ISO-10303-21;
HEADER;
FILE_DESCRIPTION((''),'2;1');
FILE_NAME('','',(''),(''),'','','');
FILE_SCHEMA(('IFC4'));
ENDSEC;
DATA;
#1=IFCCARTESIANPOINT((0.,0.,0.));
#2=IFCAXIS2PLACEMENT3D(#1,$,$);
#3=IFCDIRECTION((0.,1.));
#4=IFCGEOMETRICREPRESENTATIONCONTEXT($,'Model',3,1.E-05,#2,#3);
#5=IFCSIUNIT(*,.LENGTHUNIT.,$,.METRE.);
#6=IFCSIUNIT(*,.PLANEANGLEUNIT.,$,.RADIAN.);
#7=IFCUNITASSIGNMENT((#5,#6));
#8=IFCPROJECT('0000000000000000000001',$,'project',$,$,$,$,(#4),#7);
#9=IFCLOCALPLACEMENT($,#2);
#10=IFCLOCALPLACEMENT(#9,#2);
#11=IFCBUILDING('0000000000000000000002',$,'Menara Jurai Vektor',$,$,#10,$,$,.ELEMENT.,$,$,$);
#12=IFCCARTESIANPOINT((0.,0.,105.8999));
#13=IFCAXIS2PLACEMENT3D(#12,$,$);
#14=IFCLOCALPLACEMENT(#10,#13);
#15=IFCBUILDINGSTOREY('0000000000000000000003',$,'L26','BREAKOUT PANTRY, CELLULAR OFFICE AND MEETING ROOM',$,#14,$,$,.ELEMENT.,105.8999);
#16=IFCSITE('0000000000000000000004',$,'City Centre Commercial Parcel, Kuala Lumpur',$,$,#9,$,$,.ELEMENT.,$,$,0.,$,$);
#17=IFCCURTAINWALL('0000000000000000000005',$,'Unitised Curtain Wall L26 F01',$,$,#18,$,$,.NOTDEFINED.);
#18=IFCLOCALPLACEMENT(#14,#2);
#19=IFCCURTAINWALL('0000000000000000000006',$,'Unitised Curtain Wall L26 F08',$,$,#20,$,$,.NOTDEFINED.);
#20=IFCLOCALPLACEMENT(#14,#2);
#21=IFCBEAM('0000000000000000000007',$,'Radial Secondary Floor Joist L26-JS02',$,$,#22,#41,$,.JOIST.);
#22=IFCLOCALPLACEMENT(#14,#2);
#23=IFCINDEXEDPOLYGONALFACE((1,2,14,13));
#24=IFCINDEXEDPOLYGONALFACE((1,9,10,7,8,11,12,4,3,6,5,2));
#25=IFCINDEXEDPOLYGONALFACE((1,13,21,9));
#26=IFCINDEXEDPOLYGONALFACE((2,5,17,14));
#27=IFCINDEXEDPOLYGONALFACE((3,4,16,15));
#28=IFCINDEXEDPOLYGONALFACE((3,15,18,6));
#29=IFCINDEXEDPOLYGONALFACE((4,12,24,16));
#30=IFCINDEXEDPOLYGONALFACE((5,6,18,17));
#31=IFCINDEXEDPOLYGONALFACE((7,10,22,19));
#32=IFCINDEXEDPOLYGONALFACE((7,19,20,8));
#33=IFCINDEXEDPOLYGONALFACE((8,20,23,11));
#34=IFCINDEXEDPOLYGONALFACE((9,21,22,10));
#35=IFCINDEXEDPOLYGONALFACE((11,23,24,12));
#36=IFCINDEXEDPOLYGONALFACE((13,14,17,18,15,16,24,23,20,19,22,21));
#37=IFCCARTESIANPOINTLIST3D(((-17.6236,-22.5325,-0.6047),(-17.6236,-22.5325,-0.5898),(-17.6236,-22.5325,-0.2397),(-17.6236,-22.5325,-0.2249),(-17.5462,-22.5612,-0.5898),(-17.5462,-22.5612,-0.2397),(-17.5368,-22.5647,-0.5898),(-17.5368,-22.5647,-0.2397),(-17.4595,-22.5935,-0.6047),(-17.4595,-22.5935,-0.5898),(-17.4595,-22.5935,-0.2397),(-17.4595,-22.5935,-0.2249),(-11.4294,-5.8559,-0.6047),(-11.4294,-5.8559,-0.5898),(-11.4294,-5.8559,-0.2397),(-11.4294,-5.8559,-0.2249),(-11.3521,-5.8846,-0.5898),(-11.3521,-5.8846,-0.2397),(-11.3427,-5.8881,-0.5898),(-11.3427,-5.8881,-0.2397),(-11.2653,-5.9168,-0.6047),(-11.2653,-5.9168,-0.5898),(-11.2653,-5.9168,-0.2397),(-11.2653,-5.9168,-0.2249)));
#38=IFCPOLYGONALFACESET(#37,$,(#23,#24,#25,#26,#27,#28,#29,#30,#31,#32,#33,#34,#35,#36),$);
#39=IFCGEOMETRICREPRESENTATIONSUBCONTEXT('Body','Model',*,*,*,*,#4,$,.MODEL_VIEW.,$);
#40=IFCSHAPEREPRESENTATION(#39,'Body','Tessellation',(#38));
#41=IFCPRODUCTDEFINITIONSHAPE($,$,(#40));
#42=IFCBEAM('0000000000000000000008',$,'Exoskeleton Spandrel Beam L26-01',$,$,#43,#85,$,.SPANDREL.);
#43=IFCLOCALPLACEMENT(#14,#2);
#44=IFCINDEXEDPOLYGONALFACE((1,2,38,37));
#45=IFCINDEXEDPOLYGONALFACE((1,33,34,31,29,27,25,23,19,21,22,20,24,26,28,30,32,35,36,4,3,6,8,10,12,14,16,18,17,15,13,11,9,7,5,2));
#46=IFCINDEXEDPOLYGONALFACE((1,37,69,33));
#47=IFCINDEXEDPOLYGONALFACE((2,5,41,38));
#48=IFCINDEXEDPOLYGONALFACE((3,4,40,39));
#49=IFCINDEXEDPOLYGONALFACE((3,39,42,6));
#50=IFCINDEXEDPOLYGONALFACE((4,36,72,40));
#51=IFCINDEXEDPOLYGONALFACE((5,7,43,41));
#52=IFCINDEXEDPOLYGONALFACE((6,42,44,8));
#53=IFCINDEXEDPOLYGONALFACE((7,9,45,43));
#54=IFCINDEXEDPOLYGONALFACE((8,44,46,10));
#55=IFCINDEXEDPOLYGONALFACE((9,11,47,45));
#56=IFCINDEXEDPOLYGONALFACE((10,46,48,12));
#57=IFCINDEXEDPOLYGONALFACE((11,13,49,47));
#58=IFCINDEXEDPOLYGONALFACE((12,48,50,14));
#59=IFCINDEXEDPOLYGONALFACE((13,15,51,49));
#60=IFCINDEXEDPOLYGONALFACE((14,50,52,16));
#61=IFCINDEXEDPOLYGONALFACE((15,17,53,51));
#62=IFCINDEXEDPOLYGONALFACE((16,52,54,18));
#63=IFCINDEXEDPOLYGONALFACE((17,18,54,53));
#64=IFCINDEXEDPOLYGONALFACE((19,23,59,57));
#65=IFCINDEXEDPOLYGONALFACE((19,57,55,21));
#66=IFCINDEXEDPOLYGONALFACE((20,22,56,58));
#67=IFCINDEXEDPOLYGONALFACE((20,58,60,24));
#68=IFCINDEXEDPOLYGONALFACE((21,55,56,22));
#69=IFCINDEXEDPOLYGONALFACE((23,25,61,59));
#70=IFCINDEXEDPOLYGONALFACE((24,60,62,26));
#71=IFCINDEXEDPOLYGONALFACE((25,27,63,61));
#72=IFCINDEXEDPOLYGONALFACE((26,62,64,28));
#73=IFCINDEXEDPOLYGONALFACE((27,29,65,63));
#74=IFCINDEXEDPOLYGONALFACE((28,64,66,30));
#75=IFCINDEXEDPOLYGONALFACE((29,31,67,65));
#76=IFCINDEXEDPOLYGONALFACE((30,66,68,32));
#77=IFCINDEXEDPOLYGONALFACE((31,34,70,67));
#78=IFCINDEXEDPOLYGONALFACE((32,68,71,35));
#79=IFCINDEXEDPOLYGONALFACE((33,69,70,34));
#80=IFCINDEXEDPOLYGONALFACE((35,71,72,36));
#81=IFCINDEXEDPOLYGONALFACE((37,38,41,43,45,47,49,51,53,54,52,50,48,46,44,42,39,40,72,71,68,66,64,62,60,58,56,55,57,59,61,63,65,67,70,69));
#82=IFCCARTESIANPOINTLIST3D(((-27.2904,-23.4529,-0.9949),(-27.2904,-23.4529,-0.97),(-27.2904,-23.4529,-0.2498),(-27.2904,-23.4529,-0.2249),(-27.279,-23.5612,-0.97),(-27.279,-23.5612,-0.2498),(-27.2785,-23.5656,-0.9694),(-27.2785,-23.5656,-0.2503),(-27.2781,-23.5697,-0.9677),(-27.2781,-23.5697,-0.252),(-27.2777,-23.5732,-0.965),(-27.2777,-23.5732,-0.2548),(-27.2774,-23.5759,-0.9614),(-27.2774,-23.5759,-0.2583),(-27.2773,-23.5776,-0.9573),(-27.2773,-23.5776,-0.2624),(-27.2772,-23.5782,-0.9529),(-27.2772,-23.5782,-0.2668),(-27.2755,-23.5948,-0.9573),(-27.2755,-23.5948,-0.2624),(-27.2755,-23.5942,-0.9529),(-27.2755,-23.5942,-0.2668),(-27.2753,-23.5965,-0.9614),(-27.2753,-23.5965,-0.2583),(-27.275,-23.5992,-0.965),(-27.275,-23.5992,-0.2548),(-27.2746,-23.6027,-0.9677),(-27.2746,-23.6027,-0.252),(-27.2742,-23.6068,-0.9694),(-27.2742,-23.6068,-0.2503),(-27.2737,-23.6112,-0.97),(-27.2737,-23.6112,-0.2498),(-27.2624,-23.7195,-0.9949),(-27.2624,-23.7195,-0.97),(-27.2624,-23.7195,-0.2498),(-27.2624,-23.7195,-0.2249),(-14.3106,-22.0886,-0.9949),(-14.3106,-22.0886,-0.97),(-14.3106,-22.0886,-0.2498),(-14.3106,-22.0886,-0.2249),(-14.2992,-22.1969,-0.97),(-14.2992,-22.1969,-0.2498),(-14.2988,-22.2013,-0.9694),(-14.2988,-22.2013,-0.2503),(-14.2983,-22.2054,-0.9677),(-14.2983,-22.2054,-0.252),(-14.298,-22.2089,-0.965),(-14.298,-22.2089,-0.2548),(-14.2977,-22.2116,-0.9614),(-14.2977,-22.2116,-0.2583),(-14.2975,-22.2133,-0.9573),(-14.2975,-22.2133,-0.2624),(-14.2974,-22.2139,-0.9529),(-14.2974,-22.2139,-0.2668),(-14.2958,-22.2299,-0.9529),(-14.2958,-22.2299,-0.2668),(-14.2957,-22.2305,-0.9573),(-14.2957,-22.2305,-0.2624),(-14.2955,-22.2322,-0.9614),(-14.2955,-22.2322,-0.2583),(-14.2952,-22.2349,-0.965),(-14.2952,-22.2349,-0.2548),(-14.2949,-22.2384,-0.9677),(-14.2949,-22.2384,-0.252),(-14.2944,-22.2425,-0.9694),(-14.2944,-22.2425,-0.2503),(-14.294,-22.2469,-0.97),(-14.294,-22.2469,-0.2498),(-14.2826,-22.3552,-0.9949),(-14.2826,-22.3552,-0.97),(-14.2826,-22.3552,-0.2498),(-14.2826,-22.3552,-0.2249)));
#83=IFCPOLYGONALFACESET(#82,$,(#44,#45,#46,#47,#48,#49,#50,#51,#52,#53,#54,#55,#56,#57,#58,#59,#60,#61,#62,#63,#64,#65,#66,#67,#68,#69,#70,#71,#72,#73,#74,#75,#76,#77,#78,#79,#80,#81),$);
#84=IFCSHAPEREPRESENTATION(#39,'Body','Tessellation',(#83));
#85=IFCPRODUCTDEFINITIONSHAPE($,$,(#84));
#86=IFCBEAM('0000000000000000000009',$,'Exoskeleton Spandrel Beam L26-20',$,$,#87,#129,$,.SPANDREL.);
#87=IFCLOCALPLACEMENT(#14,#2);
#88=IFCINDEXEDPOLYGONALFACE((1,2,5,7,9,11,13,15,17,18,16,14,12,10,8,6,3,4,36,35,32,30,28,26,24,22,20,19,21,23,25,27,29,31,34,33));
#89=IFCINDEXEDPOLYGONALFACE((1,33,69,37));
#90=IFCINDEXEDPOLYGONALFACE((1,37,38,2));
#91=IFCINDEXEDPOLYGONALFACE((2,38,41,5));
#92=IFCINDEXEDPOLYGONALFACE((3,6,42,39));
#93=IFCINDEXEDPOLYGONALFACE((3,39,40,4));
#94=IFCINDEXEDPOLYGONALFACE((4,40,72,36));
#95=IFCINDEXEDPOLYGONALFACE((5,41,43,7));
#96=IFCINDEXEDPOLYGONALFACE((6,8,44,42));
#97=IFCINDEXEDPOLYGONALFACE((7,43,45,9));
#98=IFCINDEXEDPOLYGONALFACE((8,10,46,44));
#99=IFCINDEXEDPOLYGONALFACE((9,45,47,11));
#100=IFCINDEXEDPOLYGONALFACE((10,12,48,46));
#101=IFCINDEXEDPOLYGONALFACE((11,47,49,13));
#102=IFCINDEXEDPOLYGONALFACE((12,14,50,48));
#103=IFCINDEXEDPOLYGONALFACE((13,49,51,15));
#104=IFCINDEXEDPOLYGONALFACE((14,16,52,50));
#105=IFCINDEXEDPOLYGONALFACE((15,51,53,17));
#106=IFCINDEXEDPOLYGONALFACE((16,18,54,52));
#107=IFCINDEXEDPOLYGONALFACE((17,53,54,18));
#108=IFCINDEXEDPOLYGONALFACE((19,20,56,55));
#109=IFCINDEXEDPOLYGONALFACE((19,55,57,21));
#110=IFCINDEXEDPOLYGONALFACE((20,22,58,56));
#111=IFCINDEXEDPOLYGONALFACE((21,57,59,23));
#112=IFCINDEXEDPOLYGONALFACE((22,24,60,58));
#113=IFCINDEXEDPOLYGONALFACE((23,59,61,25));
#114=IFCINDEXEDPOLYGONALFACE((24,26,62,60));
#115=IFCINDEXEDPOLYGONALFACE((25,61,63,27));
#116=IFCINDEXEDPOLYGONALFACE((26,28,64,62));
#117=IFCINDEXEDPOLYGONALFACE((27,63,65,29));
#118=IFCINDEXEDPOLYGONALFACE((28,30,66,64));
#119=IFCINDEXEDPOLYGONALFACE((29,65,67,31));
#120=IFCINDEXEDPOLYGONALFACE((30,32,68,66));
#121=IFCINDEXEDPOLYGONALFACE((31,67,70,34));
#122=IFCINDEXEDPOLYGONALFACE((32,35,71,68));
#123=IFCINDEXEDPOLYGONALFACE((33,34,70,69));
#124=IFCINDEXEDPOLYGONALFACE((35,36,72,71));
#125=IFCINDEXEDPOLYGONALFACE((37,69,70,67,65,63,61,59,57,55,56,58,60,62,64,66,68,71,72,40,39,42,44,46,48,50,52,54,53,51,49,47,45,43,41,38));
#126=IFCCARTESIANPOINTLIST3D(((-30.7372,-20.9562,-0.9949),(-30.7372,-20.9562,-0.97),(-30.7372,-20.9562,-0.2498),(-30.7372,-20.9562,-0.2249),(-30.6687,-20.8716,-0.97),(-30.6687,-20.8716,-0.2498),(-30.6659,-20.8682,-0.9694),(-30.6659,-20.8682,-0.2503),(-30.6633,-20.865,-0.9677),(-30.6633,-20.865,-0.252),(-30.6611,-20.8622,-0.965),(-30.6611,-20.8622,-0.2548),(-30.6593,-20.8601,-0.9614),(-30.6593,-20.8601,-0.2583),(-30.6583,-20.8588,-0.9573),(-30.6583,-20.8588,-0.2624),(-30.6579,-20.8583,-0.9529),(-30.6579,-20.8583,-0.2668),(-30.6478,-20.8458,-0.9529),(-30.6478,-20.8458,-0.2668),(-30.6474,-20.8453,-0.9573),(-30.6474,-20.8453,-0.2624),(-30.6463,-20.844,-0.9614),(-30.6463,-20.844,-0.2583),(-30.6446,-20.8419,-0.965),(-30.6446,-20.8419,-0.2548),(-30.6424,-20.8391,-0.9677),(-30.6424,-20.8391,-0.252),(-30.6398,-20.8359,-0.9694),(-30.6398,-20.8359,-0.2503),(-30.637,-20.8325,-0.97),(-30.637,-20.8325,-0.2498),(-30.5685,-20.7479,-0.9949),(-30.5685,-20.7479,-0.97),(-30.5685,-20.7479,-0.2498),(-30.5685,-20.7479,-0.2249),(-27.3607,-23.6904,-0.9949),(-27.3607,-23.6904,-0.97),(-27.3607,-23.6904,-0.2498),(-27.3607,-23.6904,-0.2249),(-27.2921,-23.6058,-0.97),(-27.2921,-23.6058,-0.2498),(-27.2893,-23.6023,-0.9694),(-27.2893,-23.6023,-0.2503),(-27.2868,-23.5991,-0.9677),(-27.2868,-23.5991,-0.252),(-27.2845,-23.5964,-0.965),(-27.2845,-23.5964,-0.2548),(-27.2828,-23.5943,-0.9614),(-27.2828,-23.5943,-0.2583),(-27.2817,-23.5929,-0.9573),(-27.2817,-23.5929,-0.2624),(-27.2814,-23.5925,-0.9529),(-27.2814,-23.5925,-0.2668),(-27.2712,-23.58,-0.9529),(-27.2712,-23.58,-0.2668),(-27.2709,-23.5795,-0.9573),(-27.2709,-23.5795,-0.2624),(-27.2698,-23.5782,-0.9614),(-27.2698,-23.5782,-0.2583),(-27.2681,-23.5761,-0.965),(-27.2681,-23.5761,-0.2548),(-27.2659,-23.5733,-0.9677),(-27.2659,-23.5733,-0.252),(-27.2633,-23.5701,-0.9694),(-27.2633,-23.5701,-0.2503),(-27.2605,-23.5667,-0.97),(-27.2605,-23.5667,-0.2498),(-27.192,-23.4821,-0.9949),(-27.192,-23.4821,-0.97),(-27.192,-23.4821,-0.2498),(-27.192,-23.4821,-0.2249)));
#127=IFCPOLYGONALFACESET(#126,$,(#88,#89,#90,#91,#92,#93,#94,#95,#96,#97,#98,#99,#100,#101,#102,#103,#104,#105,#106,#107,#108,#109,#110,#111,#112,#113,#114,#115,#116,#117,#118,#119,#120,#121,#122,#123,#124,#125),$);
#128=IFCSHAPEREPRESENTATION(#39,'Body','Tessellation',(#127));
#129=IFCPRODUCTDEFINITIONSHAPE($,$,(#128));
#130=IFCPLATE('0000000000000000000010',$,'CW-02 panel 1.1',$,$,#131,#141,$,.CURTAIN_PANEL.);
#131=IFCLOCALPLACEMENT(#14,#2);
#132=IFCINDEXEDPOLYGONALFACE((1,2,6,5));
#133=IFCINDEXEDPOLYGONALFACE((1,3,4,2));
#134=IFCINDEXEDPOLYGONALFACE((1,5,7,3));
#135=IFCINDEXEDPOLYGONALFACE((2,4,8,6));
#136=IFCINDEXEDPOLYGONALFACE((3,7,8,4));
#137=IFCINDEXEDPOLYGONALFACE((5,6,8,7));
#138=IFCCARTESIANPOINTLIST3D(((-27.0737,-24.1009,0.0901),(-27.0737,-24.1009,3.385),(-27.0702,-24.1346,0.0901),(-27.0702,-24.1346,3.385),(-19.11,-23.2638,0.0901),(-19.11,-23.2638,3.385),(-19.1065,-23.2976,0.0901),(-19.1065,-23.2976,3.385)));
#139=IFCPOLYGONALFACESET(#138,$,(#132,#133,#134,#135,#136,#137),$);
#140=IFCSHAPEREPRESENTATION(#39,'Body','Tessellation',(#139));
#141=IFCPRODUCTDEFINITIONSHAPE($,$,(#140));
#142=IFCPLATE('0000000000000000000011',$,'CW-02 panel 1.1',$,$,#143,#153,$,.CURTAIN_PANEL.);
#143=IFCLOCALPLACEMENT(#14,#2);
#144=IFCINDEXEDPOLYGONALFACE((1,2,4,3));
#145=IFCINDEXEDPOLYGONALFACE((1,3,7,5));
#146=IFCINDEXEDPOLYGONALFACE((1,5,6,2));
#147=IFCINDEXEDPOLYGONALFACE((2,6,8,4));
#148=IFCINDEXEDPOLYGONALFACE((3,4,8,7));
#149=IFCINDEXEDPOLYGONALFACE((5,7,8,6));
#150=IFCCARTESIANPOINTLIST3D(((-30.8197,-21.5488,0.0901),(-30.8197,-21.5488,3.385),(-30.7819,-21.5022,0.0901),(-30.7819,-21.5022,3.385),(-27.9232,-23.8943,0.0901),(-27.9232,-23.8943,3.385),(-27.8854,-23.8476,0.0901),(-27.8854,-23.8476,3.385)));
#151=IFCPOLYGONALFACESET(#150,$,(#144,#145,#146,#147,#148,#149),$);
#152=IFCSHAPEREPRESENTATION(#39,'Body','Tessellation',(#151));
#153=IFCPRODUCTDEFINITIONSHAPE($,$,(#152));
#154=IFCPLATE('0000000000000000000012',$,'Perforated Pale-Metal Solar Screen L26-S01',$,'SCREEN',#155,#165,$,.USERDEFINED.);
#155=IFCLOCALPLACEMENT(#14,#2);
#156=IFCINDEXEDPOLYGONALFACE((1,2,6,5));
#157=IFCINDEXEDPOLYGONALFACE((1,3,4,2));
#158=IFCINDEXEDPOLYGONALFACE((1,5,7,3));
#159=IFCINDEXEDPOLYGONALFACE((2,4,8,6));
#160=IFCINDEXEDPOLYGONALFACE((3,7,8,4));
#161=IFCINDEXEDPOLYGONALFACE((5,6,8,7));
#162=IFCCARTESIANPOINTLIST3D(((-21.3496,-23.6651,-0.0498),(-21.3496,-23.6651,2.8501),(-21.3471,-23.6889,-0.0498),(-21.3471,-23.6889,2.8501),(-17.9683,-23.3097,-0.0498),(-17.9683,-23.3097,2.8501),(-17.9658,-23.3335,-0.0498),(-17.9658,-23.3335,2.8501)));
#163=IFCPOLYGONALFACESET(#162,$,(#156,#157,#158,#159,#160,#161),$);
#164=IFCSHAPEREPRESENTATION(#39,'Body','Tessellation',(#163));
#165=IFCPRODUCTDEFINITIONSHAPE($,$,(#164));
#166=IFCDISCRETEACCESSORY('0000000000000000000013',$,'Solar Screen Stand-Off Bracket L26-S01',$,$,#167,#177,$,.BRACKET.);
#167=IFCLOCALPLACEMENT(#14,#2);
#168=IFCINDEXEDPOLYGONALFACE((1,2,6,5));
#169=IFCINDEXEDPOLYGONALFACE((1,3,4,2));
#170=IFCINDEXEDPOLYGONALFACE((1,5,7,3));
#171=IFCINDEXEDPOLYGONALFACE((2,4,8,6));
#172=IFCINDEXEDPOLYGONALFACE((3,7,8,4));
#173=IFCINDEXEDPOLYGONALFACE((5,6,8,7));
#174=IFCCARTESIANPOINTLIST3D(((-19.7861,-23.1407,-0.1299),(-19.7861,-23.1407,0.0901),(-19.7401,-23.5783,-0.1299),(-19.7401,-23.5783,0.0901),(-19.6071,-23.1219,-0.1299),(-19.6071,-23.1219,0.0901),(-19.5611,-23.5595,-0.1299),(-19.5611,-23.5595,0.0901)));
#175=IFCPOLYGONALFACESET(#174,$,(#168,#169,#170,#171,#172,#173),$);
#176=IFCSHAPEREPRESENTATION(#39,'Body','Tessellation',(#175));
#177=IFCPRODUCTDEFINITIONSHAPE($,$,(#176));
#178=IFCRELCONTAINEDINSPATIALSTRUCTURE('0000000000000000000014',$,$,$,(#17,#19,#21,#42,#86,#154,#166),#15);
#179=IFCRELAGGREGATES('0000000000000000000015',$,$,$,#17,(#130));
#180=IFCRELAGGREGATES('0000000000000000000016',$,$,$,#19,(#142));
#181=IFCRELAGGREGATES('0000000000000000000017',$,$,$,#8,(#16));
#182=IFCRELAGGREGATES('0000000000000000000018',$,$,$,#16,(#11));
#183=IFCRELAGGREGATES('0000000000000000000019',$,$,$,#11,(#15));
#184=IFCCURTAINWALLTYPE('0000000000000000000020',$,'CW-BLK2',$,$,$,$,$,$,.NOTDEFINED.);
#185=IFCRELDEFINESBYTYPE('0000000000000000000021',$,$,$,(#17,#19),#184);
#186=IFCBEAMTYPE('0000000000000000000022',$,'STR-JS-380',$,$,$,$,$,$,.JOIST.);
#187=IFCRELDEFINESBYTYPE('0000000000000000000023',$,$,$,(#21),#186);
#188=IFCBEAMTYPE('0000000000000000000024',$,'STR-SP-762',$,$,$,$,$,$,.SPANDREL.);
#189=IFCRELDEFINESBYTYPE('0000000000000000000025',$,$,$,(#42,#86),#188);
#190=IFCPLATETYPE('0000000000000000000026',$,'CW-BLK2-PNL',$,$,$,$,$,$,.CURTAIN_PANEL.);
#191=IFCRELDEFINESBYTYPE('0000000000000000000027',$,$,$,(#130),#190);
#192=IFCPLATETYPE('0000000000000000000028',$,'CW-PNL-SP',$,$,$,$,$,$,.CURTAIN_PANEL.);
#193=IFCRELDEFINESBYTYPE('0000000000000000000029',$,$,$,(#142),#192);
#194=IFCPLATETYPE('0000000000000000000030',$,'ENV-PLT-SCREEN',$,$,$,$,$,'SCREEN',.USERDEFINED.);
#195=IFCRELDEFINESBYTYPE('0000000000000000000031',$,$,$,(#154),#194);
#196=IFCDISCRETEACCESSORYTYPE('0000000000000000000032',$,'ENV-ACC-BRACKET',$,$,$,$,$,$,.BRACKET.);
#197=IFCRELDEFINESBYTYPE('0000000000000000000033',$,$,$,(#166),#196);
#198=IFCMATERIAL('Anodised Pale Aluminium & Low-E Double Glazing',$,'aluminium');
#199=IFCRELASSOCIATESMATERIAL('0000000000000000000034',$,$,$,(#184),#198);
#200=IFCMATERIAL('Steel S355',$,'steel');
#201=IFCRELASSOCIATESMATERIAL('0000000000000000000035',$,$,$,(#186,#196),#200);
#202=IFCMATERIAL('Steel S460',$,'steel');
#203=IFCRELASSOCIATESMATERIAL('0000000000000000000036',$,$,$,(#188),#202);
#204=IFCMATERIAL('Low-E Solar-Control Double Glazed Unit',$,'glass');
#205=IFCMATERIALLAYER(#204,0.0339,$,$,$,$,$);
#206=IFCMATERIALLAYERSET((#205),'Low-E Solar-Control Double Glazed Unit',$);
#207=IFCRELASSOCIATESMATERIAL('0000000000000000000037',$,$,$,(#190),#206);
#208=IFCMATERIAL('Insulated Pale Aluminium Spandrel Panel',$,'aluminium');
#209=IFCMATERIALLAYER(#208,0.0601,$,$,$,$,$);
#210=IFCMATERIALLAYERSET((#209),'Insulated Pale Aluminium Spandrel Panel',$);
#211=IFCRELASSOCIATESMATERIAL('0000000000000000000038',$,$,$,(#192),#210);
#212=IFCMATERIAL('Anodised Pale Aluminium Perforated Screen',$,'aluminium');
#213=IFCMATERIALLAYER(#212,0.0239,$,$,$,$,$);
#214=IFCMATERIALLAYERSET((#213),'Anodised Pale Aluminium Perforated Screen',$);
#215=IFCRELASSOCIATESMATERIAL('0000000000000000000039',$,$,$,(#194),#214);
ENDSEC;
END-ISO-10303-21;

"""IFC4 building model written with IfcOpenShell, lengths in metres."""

from ifc_helpers import new_model, si_unit, direction, frame, origin, origin_2d, place, context, subcontext, project, spatial, rectangle, i_section, extrude, material, layer, layer_set, material_profile, profile_set, type_object, element, aggregate, save


model = new_model("IFC4")

# Units and contexts
model_context = context("Model", 3, precision=1e-05, world=origin(), true_north=direction((0.0, 1.0)))
body_context = subcontext(model_context, "Body", "Model", "MODEL_VIEW")
ifc_project = project(units=[si_unit("LENGTHUNIT", "METRE"), si_unit("PLANEANGLEUNIT", "RADIAN")], contexts=[model_context])

# Site, building, storey
site_placement = place(None, origin())
site = spatial("IfcSite", under=ifc_project, at=site_placement, Name="City Centre Commercial Parcel, Kuala Lumpur", CompositionType="ELEMENT", RefElevation=0.0)
building_placement = place(site_placement, origin())
building = spatial("IfcBuilding", under=site, at=building_placement, Name="Menara Jurai Vektor", CompositionType="ELEMENT")
storey_placement = place(building_placement, frame((0.0, 0.0, 105.8999)))
storey = spatial("IfcBuildingStorey", under=building, at=storey_placement, Name="L26", Description="BREAKOUT PANTRY, CELLULAR OFFICE AND MEETING ROOM", CompositionType="ELEMENT", Elevation=105.8999)

# Shared definitions
ifc_material_1 = material(Name="Steel S460", Category="steel")

# Curtain wall
ifc_material_2 = material(Name="Anodised Pale Aluminium & Low-E Double Glazing", Category="aluminium")
curtain_wall_type = type_object("IfcCurtainWallType", Name="CW-BLK2", PredefinedType="NOTDEFINED", material=ifc_material_2)
curtain_wall_1_placement = place(storey_placement, origin())
curtain_wall_1 = element("IfcCurtainWall", 1, at=curtain_wall_1_placement, inside=storey, type_object=curtain_wall_type, Name="Unitised Curtain Wall L26 F01", PredefinedType="NOTDEFINED")

# Curtain wall
curtain_wall_2_placement = place(storey_placement, origin())
curtain_wall_2 = element("IfcCurtainWall", 2, at=curtain_wall_2_placement, inside=storey, type_object=curtain_wall_type, Name="Unitised Curtain Wall L26 F08", PredefinedType="NOTDEFINED")

# Shared definitions
ifc_material_3 = material(Name="Steel S355", Category="steel")

# Beams
ifc_material_profile_1 = material_profile(ifc_material_3, i_section(OverallWidth=0.175, OverallDepth=0.3799, WebThickness=0.01, FlangeThickness=0.0149, at=origin_2d()), Name="PG 380x175x58")
ifc_profile_set_1 = profile_set([ifc_material_profile_1], Name="Steel S355")
beam_type_1 = type_object("IfcBeamType", Name="STR-JS-380", PredefinedType="JOIST", material=ifc_profile_set_1)
beam_1_placement = place(storey_placement, frame((-17.5415, -22.563, -0.4148), z_axis=(0.348184, 0.937426, 0.0), x_axis=(-0.937426, 0.348184, 0.0)))
element("IfcBeam", 3, at=beam_1_placement, inside=storey, type_object=beam_type_1, Name="Radial Secondary Floor Joist L26-JS02", PredefinedType="JOIST", context=body_context, shape_type="SweptSolid", body=[
    extrude(i_section(OverallWidth=0.175, OverallDepth=0.3799, WebThickness=0.01, FlangeThickness=0.0149, at=origin_2d()), origin(), (0.0, 0.0, 1.0), 17.7898),
])
ifc_material_profile_2 = material_profile(ifc_material_1, i_section(OverallWidth=0.2681, OverallDepth=0.77, WebThickness=0.0161, FlangeThickness=0.0249, FilletRadius=0.0171, at=origin_2d()), Name="UKB 762x267x197")
ifc_profile_set_2 = profile_set([ifc_material_profile_2], Name="Steel S460")
beam_type_2 = type_object("IfcBeamType", Name="STR-SP-762", PredefinedType="SPANDREL", material=ifc_profile_set_2)
beam_2_placement = place(storey_placement, frame((-27.2764, -23.5862, -0.6099), z_axis=(0.994522, 0.104531, 0.0), x_axis=(-0.104531, 0.994522, 0.0)))
element("IfcBeam", 4, at=beam_2_placement, inside=storey, type_object=beam_type_2, Name="Exoskeleton Spandrel Beam L26-01", PredefinedType="SPANDREL", context=body_context, shape_type="SweptSolid", body=[
    extrude(i_section(OverallWidth=0.2681, OverallDepth=0.77, WebThickness=0.0161, FlangeThickness=0.0249, FilletRadius=0.0171, at=origin_2d()), origin(), (0.0, 0.0, 1.0), 13.0513),
])
beam_3_placement = place(storey_placement, frame((-30.6528, -20.8521, -0.6099), z_axis=(0.777155, -0.62931, 0.0), x_axis=(0.62931, 0.777155, 0.0)))
element("IfcBeam", 5, at=beam_3_placement, inside=storey, type_object=beam_type_2, Name="Exoskeleton Spandrel Beam L26-20", PredefinedType="SPANDREL", context=body_context, shape_type="SweptSolid", body=[
    extrude(i_section(OverallWidth=0.2681, OverallDepth=0.77, WebThickness=0.0161, FlangeThickness=0.0249, FilletRadius=0.0171, at=origin_2d()), origin(), (0.0, 0.0, 1.0), 4.3447),
])

# Plates
ifc_material_4 = material(Name="Low-E Solar-Control Double Glazed Unit", Category="glass")
ifc_layer_1 = layer(ifc_material_4, 0.0339)
ifc_layer_set_1 = layer_set([ifc_layer_1], Name="Low-E Solar-Control Double Glazed Unit")
plate_type_1 = type_object("IfcPlateType", Name="CW-BLK2-PNL", PredefinedType="CURTAIN_PANEL", material=ifc_layer_set_1)
plate_1_placement = place(storey_placement, frame((-23.0901, -23.6992, 0.0901), z_axis=(0.0, 0.0, 1.0), x_axis=(0.994522, 0.104529, 0.0)))
plate_1 = element("IfcPlate", 6, at=plate_1_placement, type_object=plate_type_1, Name="CW-02 panel 1.1", PredefinedType="CURTAIN_PANEL", context=body_context, shape_type="SweptSolid", body=[
    extrude(rectangle(XDim=8.0076, YDim=0.0339, at=origin_2d()), origin(), (0.0, 0.0, 1.0), 3.2949),
])
aggregate(curtain_wall_1, [plate_1])
ifc_material_5 = material(Name="Insulated Pale Aluminium Spandrel Panel", Category="aluminium")
ifc_layer_2 = layer(ifc_material_5, 0.0601)
ifc_layer_set_2 = layer_set([ifc_layer_2], Name="Insulated Pale Aluminium Spandrel Panel")
plate_type_2 = type_object("IfcPlateType", Name="CW-PNL-SP", PredefinedType="CURTAIN_PANEL", material=ifc_layer_set_2)
plate_2_placement = place(storey_placement, frame((-29.3525, -22.6982, 0.0901), z_axis=(0.0, 0.0, 1.0), x_axis=(0.777152, -0.629313, 0.0)))
plate_2 = element("IfcPlate", 7, at=plate_2_placement, type_object=plate_type_2, Name="CW-02 panel 1.1", PredefinedType="CURTAIN_PANEL", context=body_context, shape_type="SweptSolid", body=[
    extrude(rectangle(XDim=3.7271, YDim=0.0601, at=origin_2d()), origin(), (0.0, 0.0, 1.0), 3.2949),
])
aggregate(curtain_wall_2, [plate_2])
ifc_material_6 = material(Name="Anodised Pale Aluminium Perforated Screen", Category="aluminium")
ifc_layer_3 = layer(ifc_material_6, 0.0239)
ifc_layer_set_3 = layer_set([ifc_layer_3], Name="Anodised Pale Aluminium Perforated Screen")
plate_type_3 = type_object("IfcPlateType", Name="ENV-PLT-SCREEN", ElementType="SCREEN", PredefinedType="USERDEFINED", material=ifc_layer_set_3)
plate_3_placement = place(storey_placement, frame((-19.6577, -23.4993, -0.0498), z_axis=(0.0, 0.0, 1.0), x_axis=(0.994522, 0.104528, 0.0)))
element("IfcPlate", 8, at=plate_3_placement, inside=storey, type_object=plate_type_3, Name="Perforated Pale-Metal Solar Screen L26-S01", ObjectType="SCREEN", PredefinedType="USERDEFINED", context=body_context, shape_type="SweptSolid", body=[
    extrude(rectangle(XDim=3.3999, YDim=0.0239, at=origin_2d()), origin(), (0.0, 0.0, 1.0), 2.8999),
])

# Discrete accessory
discrete_accessory_type = type_object("IfcDiscreteAccessoryType", Name="ENV-ACC-BRACKET", PredefinedType="BRACKET", material=ifc_material_3)
discrete_accessory_placement = place(storey_placement, frame((-19.6736, -23.3501, -0.1299), z_axis=(0.0, 0.0, 1.0), x_axis=(0.994522, 0.104528, 0.0)))
element("IfcDiscreteAccessory", 9, at=discrete_accessory_placement, inside=storey, type_object=discrete_accessory_type, Name="Solar Screen Stand-Off Bracket L26-S01", PredefinedType="BRACKET", context=body_context, shape_type="SweptSolid", body=[
    extrude(rectangle(XDim=0.1799, YDim=0.4399, at=origin_2d()), origin(), (0.0, 0.0, 1.0), 0.22),
])

save(model, "model.ifc")
